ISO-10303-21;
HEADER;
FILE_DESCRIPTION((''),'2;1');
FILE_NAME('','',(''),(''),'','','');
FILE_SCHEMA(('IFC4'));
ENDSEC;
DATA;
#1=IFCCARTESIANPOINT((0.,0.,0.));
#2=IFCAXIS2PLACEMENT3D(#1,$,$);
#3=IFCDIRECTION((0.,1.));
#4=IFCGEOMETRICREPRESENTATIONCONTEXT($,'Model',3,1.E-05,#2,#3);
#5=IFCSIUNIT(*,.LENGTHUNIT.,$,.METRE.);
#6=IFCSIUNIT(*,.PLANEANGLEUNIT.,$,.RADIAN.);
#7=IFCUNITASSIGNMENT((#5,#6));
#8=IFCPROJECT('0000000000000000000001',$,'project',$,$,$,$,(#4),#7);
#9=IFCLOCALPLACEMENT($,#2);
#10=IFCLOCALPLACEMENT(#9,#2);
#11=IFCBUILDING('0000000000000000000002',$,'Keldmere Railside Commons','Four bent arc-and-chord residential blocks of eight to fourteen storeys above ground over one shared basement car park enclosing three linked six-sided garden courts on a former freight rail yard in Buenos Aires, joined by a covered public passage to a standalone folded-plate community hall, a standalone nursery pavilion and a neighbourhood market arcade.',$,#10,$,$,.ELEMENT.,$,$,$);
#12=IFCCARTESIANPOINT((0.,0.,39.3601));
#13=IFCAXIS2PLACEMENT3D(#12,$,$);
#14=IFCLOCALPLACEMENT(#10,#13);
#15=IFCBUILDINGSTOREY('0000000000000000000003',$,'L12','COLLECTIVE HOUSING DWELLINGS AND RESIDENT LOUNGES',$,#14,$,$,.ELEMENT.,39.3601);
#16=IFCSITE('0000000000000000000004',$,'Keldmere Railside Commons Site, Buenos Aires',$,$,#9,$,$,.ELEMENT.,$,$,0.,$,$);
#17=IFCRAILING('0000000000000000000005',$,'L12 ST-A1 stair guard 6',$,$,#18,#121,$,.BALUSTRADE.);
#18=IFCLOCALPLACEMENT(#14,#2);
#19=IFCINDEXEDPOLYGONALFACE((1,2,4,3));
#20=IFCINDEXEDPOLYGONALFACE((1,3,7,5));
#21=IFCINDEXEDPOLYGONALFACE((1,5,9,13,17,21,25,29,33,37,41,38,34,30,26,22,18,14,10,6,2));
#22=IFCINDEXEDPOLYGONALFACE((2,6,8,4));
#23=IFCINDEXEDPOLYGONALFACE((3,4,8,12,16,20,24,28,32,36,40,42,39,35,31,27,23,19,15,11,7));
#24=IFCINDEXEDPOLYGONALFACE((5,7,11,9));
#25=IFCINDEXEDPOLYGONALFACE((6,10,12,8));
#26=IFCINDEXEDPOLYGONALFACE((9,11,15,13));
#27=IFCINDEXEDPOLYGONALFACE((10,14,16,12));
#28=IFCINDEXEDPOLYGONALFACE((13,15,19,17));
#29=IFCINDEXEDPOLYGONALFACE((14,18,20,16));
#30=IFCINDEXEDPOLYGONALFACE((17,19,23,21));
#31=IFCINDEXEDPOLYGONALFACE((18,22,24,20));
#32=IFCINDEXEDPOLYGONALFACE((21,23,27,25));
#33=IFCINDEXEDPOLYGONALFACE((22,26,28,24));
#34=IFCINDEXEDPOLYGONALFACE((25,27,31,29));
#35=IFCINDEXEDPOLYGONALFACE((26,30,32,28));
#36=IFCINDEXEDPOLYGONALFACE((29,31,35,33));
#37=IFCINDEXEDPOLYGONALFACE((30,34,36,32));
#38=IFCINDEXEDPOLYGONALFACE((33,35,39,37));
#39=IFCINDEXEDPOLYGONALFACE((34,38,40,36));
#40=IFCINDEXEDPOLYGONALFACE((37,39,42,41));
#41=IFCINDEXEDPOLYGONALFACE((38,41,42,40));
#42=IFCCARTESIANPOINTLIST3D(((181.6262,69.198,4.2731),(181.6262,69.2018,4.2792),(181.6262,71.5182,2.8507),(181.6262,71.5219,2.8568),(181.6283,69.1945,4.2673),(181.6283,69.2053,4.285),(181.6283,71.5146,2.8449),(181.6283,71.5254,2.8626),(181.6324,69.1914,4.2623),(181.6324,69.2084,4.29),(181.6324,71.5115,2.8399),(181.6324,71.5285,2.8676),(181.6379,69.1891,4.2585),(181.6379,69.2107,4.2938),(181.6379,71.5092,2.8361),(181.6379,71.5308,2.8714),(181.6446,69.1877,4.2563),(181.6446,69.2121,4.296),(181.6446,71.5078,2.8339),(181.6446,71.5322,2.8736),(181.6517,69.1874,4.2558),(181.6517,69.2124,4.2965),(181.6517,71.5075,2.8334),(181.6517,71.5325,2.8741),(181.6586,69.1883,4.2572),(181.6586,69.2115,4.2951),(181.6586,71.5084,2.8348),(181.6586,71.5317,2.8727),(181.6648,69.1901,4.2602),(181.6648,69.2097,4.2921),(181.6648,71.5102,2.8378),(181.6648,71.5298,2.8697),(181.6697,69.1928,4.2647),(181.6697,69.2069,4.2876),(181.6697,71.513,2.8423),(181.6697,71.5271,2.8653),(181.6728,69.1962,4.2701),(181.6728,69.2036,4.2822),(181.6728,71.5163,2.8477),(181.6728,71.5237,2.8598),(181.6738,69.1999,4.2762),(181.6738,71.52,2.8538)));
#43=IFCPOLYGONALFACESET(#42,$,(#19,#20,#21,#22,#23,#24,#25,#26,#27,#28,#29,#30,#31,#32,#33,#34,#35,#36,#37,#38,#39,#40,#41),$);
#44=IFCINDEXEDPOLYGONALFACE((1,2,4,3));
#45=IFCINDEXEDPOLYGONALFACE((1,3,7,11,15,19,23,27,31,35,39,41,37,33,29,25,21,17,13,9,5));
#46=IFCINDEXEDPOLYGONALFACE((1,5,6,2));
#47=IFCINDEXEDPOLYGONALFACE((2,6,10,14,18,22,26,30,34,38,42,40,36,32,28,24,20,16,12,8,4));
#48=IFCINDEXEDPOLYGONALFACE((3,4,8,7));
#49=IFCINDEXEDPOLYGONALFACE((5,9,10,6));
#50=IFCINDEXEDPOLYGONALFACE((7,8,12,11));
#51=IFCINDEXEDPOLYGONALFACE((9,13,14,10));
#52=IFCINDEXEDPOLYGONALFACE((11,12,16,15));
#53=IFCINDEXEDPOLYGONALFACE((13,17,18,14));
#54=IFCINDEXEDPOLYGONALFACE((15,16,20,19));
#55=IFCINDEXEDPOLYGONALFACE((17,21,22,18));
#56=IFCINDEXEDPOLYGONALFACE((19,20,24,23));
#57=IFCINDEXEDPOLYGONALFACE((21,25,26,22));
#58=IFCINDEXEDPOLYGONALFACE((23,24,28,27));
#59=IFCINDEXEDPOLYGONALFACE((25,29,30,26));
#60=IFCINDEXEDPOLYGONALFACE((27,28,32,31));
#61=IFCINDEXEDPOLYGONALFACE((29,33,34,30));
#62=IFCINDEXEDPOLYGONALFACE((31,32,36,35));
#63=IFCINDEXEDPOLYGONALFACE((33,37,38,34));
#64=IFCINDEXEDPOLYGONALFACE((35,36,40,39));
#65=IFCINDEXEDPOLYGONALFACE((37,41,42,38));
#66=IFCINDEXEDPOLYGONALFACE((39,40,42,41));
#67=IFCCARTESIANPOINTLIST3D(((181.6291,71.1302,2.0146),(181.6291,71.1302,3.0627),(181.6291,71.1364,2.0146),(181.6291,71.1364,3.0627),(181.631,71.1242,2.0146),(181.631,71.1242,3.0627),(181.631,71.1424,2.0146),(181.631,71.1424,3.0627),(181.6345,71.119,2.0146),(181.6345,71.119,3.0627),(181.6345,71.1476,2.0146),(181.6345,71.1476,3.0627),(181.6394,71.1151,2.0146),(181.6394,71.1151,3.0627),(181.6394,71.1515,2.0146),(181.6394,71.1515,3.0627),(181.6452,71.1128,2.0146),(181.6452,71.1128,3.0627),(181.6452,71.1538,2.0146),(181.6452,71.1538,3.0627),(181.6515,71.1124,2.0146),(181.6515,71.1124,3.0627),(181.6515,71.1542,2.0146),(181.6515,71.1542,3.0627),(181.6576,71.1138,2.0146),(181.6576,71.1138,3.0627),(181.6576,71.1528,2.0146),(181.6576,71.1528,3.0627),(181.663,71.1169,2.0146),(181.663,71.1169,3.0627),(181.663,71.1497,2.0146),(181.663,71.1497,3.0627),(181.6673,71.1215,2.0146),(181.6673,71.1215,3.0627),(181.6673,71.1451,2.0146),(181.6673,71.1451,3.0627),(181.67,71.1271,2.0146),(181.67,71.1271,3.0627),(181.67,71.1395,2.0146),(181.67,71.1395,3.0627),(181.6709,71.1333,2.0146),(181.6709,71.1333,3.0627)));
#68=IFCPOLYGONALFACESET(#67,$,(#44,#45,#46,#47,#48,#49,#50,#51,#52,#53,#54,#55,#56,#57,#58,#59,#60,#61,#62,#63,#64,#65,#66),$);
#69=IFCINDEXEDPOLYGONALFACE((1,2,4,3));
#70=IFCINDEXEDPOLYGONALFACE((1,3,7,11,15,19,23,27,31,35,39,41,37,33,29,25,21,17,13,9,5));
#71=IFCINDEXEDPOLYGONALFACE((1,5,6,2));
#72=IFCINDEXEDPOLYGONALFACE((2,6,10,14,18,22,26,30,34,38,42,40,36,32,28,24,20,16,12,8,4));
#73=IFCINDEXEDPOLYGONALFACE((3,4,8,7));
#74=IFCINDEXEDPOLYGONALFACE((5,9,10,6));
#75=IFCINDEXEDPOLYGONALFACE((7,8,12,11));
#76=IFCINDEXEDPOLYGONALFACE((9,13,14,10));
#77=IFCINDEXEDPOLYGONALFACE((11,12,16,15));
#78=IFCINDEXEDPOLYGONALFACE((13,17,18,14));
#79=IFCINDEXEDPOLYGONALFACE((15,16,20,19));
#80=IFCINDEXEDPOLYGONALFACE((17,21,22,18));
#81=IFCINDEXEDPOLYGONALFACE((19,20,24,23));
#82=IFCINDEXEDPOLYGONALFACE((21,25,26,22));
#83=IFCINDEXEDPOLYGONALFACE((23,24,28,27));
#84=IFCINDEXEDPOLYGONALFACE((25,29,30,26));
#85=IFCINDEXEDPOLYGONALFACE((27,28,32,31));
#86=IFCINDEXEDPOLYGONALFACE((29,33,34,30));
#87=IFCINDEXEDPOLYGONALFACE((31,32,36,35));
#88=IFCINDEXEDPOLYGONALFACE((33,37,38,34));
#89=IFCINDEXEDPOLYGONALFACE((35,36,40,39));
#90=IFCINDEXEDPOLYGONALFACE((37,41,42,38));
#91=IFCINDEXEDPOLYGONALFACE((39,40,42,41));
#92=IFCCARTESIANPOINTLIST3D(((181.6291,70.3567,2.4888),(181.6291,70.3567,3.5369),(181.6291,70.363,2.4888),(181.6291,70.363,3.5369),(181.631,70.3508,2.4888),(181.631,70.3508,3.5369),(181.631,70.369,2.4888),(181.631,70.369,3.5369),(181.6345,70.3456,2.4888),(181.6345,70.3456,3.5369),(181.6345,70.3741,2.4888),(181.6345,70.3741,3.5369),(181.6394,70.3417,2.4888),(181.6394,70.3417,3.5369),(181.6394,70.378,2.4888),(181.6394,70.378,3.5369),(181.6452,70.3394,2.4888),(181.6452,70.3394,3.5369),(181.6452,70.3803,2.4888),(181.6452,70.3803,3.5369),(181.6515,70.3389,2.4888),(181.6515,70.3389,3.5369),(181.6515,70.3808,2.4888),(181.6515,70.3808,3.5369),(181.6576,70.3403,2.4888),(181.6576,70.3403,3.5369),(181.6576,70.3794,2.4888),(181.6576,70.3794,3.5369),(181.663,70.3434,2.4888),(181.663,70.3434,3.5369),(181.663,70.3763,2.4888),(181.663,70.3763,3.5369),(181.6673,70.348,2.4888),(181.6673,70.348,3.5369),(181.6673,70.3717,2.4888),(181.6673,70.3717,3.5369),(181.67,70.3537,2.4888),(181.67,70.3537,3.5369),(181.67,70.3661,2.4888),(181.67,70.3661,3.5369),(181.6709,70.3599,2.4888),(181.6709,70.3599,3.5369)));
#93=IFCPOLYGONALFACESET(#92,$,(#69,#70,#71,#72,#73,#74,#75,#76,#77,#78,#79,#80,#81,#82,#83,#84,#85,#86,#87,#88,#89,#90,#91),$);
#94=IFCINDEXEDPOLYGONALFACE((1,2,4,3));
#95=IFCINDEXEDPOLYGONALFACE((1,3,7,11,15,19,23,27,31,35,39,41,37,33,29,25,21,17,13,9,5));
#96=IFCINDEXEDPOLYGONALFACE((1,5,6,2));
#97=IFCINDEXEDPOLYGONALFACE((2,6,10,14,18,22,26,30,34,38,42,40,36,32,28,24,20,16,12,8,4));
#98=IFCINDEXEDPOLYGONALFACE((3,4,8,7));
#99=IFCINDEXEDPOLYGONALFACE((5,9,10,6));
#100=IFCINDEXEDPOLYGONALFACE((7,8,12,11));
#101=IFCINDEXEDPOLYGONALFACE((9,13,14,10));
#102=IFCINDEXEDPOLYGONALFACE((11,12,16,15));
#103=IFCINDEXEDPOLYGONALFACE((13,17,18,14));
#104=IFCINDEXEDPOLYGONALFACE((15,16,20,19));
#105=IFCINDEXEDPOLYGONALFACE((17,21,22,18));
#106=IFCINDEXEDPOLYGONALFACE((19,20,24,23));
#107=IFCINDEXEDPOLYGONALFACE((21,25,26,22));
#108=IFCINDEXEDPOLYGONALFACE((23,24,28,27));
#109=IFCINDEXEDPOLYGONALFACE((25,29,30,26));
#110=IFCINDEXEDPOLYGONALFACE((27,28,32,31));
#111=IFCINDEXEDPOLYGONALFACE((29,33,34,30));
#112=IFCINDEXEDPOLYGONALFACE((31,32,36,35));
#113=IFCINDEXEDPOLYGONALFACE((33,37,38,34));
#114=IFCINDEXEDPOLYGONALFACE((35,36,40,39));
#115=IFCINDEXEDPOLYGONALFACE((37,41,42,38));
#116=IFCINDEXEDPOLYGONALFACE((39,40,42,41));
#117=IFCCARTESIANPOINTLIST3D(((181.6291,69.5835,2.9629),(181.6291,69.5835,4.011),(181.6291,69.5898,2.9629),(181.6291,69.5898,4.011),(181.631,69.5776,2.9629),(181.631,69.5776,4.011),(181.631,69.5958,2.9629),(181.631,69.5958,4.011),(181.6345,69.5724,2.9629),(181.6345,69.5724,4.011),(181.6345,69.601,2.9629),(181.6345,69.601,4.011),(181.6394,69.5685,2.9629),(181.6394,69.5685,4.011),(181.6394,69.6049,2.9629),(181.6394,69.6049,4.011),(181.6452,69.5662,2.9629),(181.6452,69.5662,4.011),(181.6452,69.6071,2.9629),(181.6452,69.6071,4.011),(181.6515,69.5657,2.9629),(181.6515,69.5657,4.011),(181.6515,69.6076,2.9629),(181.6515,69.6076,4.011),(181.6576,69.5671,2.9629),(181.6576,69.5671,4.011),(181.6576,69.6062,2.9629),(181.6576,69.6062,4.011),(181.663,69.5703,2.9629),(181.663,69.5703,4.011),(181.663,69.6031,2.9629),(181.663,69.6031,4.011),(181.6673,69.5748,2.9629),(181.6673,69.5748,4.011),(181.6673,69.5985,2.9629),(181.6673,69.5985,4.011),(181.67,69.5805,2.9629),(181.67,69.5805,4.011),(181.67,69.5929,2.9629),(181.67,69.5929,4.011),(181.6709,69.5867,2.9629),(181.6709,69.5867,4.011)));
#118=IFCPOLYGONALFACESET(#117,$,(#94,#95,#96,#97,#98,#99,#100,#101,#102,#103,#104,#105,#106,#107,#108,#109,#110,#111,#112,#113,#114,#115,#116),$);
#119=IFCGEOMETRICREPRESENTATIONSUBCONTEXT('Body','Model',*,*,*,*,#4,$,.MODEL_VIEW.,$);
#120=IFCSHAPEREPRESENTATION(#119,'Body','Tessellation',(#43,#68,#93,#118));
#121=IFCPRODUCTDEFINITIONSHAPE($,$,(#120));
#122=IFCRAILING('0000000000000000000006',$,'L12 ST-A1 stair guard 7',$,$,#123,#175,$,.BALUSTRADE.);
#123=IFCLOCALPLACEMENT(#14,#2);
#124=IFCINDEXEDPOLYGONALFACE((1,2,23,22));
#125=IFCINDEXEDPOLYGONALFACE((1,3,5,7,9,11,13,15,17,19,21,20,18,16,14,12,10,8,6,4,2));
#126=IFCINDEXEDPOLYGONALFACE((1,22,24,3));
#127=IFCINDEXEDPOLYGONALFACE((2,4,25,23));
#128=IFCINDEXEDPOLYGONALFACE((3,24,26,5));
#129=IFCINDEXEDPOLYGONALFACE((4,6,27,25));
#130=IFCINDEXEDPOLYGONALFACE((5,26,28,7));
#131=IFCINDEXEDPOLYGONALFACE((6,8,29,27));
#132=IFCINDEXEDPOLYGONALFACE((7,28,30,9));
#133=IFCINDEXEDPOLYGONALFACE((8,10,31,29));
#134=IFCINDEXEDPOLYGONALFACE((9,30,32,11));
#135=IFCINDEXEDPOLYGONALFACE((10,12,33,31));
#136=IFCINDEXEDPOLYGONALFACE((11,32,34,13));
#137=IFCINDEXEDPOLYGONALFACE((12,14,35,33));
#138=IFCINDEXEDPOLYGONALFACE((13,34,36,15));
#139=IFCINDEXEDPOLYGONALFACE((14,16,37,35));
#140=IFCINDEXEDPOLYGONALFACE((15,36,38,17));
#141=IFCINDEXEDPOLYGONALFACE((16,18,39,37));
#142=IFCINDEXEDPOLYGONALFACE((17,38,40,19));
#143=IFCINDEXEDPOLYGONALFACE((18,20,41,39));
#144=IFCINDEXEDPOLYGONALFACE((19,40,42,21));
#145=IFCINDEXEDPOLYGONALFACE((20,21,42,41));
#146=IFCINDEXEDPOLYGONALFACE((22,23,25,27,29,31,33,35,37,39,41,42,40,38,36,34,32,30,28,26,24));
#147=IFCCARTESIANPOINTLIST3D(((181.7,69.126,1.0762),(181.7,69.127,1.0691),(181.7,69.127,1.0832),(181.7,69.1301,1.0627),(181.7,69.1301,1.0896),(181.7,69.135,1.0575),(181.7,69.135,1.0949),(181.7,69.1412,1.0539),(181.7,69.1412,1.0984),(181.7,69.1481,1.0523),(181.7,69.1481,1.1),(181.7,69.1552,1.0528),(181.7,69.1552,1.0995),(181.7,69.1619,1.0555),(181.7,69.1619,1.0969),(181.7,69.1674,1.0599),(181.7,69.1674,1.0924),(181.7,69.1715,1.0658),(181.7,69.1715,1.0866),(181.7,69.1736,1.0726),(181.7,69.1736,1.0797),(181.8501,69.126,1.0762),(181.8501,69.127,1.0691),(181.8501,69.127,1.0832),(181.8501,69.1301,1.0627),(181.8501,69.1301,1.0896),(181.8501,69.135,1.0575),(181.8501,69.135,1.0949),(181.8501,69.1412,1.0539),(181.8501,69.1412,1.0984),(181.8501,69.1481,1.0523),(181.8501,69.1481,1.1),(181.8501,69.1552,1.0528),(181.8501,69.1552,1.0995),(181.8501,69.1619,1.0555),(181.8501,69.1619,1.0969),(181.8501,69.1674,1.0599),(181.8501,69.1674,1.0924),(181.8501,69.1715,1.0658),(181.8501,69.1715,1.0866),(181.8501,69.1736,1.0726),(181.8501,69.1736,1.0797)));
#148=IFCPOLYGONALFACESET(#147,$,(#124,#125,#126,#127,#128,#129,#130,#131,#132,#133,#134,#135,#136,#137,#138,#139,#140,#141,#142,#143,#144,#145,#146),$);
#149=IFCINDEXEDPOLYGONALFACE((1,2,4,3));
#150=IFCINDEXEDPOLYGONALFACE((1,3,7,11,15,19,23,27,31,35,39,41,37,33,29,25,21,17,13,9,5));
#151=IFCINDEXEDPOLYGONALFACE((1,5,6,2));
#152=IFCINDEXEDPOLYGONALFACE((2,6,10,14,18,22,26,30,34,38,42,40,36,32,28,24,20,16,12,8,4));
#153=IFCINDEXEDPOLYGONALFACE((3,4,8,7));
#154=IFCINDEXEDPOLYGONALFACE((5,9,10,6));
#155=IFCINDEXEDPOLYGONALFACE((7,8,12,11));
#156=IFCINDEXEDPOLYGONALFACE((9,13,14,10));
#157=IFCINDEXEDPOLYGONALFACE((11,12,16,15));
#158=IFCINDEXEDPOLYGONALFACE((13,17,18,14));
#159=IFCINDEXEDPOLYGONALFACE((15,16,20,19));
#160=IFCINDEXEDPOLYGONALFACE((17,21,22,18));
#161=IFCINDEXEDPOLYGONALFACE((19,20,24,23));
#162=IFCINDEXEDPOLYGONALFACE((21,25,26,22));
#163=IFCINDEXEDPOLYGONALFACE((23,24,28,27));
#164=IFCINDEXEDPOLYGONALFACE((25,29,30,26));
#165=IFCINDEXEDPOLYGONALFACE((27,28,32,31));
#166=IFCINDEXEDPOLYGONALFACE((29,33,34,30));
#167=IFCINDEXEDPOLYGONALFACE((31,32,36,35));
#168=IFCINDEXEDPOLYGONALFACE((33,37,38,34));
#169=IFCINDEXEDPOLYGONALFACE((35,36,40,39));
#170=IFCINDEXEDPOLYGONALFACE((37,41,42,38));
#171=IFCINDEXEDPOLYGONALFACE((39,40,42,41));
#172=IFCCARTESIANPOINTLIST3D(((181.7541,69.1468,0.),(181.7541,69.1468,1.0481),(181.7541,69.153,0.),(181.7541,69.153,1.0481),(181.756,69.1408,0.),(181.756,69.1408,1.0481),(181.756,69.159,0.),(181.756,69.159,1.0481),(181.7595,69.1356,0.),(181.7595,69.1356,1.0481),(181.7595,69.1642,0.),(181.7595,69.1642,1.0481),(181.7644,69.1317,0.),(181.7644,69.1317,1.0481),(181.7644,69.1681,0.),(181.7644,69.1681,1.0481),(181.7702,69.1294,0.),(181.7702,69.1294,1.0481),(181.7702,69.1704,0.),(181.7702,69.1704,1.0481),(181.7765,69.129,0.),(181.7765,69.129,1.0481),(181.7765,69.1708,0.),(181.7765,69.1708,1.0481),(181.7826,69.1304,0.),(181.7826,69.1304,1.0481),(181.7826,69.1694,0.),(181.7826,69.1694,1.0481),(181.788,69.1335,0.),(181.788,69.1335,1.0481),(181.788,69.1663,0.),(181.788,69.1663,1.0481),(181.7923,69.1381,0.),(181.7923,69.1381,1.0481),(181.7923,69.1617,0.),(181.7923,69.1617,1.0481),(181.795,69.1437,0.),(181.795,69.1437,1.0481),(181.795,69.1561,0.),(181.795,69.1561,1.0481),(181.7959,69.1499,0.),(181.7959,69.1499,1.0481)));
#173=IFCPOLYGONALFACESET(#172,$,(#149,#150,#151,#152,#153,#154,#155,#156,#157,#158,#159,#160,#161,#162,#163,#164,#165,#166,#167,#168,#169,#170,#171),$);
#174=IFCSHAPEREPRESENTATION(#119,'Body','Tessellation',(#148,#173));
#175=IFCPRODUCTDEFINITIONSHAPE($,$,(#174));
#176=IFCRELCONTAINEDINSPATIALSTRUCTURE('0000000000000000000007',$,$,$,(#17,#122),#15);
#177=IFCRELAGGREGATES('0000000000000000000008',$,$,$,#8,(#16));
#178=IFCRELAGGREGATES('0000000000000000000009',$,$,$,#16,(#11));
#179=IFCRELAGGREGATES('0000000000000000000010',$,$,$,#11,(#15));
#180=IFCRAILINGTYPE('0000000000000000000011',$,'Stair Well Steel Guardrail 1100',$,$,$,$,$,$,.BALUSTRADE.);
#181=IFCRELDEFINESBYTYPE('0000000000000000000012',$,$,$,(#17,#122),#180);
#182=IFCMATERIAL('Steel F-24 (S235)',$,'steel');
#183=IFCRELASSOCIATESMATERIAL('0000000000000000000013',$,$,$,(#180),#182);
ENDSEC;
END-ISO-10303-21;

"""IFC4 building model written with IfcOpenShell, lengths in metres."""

from ifc_helpers import new_model, si_unit, direction, frame, origin, origin_2d, place, context, subcontext, project, spatial, circle, extrude, material, type_object, element, save


model = new_model("IFC4")

# Units and contexts
model_context = context("Model", 3, precision=1e-05, world=origin(), true_north=direction((0.0, 1.0)))
body_context = subcontext(model_context, "Body", "Model", "MODEL_VIEW")
ifc_project = project(units=[si_unit("LENGTHUNIT", "METRE"), si_unit("PLANEANGLEUNIT", "RADIAN")], contexts=[model_context])

# Site, building, storey
site_placement = place(None, origin())
site = spatial("IfcSite", under=ifc_project, at=site_placement, Name="Keldmere Railside Commons Site, Buenos Aires", CompositionType="ELEMENT", RefElevation=0.0)
building_placement = place(site_placement, origin())
building = spatial("IfcBuilding", under=site, at=building_placement, Name="Keldmere Railside Commons", Description="Four bent arc-and-chord residential blocks of eight to fourteen storeys above ground over one shared basement car park enclosing three linked six-sided garden courts on a former freight rail yard in Buenos Aires, joined by a covered public passage to a standalone folded-plate community hall, a standalone nursery pavilion and a neighbourhood market arcade.", CompositionType="ELEMENT")
storey_placement = place(building_placement, frame((0.0, 0.0, 39.3601)))
storey = spatial("IfcBuildingStorey", under=building, at=storey_placement, Name="L12", Description="COLLECTIVE HOUSING DWELLINGS AND RESIDENT LOUNGES", CompositionType="ELEMENT", Elevation=39.3601)

# Railings
ifc_material_1 = material(Name="Steel F-24 (S235)", Category="steel")
railing_type_1 = type_object("IfcRailingType", Name="Stair Well Steel Guardrail 1100", PredefinedType="BALUSTRADE", material=ifc_material_1)
railing_1_placement = place(storey_placement, frame((181.6499, 71.52, 1.7776)))
element("IfcRailing", 1, at=railing_1_placement, inside=storey, type_object=railing_type_1, Name="L12 ST-A1 stair guard 6", PredefinedType="BALUSTRADE", context=body_context, shape_type="SweptSolid", body=[
    extrude(circle(Radius=0.0239, at=origin_2d()), frame((0.0, 0.0, 1.0762), z_axis=(0.0, -0.852538, 0.522665), x_axis=(1.0, 0.0, 0.0)), (0.0, 0.0, 1.0), 2.7214),
    extrude(circle(Radius=0.021, at=origin_2d()), frame((0.0, -0.3867, 0.2371)), (0.0, 0.0, 1.0), 1.0481),
    extrude(circle(Radius=0.021, at=origin_2d()), frame((0.0, -1.1602, 0.7112)), (0.0, 0.0, 1.0), 1.0481),
    extrude(circle(Radius=0.021, at=origin_2d()), frame((0.0, -1.9333, 1.1853)), (0.0, 0.0, 1.0), 1.0481),
])
railing_2_placement = place(storey_placement, frame((181.8501, 69.1499, 0.0)))
element("IfcRailing", 2, at=railing_2_placement, inside=storey, type_object=railing_type_1, Name="L12 ST-A1 stair guard 7", PredefinedType="BALUSTRADE", context=body_context, shape_type="SweptSolid", body=[
    extrude(circle(Radius=0.0239, at=origin_2d()), frame((0.0, 0.0, 1.0762), z_axis=(-1.0, 0.0, 0.0), x_axis=(0.0, -1.0, 0.0)), (0.0, 0.0, 1.0), 0.1501),
    extrude(circle(Radius=0.021, at=origin_2d()), frame((-0.0752, 0.0, 0.0)), (0.0, 0.0, 1.0), 1.0481),
])

save(model, "model.ifc")
